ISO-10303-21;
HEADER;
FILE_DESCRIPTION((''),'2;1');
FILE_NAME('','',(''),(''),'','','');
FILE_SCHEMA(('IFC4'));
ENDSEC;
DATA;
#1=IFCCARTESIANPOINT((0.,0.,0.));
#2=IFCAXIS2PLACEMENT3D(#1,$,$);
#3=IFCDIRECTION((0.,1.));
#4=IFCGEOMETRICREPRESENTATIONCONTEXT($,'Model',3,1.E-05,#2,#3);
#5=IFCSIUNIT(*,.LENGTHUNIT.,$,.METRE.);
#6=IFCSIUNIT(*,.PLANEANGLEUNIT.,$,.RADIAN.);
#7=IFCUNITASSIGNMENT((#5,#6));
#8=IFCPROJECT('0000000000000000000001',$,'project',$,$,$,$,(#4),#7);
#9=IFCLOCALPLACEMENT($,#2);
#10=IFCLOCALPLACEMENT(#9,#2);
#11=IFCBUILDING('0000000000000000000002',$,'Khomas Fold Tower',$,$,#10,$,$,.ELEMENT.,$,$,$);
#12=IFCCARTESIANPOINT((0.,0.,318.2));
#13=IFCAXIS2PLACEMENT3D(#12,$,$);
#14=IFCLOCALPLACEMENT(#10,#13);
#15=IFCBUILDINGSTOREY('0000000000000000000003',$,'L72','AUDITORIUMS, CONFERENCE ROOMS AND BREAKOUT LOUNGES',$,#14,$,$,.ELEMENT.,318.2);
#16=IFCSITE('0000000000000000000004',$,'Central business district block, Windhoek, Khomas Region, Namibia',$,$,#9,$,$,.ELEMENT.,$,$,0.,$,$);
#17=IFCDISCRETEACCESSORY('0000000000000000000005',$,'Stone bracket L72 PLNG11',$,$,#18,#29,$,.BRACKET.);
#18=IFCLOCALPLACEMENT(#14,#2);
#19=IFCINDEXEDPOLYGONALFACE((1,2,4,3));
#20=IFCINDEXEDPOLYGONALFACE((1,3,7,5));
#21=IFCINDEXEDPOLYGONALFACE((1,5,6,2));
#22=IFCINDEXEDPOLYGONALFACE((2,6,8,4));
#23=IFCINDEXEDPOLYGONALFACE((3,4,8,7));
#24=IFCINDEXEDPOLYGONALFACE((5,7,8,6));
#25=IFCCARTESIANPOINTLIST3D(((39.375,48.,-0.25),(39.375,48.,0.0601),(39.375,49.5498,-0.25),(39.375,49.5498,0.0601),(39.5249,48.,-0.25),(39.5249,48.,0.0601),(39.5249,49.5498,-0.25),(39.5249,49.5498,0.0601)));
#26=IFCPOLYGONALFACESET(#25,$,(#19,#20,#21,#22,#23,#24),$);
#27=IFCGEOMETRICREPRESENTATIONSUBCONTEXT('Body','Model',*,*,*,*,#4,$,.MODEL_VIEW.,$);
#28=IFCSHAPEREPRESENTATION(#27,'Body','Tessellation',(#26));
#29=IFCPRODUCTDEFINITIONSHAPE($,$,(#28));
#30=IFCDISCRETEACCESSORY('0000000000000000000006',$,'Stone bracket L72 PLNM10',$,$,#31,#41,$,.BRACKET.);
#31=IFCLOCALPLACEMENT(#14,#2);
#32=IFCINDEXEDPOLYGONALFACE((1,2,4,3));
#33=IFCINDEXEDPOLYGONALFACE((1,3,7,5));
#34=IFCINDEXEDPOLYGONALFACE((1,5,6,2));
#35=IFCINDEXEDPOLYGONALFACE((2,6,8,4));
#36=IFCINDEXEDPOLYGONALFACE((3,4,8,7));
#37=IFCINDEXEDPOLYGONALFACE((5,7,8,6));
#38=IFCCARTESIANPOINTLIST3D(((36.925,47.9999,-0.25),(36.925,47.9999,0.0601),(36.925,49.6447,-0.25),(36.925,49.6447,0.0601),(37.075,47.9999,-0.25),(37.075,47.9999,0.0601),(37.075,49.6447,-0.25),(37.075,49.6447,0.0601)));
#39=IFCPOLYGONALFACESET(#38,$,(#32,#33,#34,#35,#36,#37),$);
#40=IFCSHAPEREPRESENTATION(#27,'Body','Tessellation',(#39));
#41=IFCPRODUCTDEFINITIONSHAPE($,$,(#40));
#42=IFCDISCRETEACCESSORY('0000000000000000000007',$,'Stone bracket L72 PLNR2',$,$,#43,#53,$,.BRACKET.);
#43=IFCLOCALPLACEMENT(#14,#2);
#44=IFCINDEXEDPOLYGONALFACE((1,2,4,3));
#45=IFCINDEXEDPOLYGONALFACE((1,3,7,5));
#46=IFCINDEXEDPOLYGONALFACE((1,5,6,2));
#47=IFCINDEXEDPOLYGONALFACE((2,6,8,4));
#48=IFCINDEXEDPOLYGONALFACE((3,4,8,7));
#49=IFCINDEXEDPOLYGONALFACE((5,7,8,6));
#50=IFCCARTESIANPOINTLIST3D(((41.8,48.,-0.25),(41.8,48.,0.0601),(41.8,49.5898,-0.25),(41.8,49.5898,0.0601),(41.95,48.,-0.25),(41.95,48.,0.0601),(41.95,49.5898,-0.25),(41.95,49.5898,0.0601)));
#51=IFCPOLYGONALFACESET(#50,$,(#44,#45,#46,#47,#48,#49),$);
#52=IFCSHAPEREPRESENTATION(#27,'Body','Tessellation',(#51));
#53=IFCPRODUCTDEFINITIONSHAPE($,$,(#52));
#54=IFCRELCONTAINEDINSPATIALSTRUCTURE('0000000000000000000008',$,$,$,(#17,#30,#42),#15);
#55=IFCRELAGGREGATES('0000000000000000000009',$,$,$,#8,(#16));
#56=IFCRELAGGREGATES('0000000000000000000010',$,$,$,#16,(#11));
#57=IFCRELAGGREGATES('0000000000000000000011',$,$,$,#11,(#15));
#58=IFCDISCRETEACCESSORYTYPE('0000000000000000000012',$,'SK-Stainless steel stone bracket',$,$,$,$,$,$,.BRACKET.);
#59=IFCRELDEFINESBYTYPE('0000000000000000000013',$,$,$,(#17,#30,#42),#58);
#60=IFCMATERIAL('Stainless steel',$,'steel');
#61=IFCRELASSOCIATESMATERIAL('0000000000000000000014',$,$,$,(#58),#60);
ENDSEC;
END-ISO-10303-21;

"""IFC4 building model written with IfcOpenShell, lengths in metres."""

from ifc_helpers import new_model, si_unit, direction, frame, origin, origin_2d, place, context, subcontext, project, spatial, rectangle, extrude, source, transform, mapped, material, type_object, element, save


model = new_model("IFC4")

# Units and contexts
model_context = context("Model", 3, precision=1e-05, world=origin(), true_north=direction((0.0, 1.0)))
body_context = subcontext(model_context, "Body", "Model", "MODEL_VIEW")
ifc_project = project(units=[si_unit("LENGTHUNIT", "METRE"), si_unit("PLANEANGLEUNIT", "RADIAN")], contexts=[model_context])

# Site, building, storey
site_placement = place(None, origin())
site = spatial("IfcSite", under=ifc_project, at=site_placement, Name="Central business district block, Windhoek, Khomas Region, Namibia", CompositionType="ELEMENT", RefElevation=0.0)
building_placement = place(site_placement, origin())
building = spatial("IfcBuilding", under=site, at=building_placement, Name="Khomas Fold Tower", CompositionType="ELEMENT")
storey_placement = place(building_placement, frame((0.0, 0.0, 318.2)))
storey = spatial("IfcBuildingStorey", under=building, at=storey_placement, Name="L72", Description="AUDITORIUMS, CONFERENCE ROOMS AND BREAKOUT LOUNGES", CompositionType="ELEMENT", Elevation=318.2)

# Discrete accessories
ifc_material_1 = material(Name="Stainless steel", Category="steel")
discrete_accessory_type = type_object("IfcDiscreteAccessoryType", Name="SK-Stainless steel stone bracket", PredefinedType="BRACKET", material=ifc_material_1)
shared_shape_1 = source(origin(), body_context, "Body", "SweptSolid", [
    extrude(rectangle(XDim=1.5498, YDim=0.1499, at=origin_2d()), origin(), (0.0, 0.0, 1.0), 0.3101),
])
discrete_accessory_1_placement = place(storey_placement, frame((39.45, 48.7749, -0.25), z_axis=(0.0, 0.0, 1.0), x_axis=(0.0, 1.0, 0.0)))
element("IfcDiscreteAccessory", 1, at=discrete_accessory_1_placement, inside=storey, type_object=discrete_accessory_type, Name="Stone bracket L72 PLNG11", PredefinedType="BRACKET", context=body_context, shape_type="MappedRepresentation", body=[
    mapped(shared_shape_1, transform((0.0, 0.0, 0.0))),
])
shared_shape_2 = source(origin(), body_context, "Body", "SweptSolid", [
    extrude(rectangle(XDim=1.6448, YDim=0.1499, at=origin_2d()), origin(), (0.0, 0.0, 1.0), 0.3101),
])
discrete_accessory_2_placement = place(storey_placement, frame((37.0, 48.8223, -0.25), z_axis=(0.0, 0.0, 1.0), x_axis=(0.0, 1.0, 0.0)))
element("IfcDiscreteAccessory", 2, at=discrete_accessory_2_placement, inside=storey, type_object=discrete_accessory_type, Name="Stone bracket L72 PLNM10", PredefinedType="BRACKET", context=body_context, shape_type="MappedRepresentation", body=[
    mapped(shared_shape_2, transform((0.0, 0.0, 0.0))),
])
shared_shape_3 = source(origin(), body_context, "Body", "SweptSolid", [
    extrude(rectangle(XDim=1.5898, YDim=0.1499, at=origin_2d()), origin(), (0.0, 0.0, 1.0), 0.3101),
])
discrete_accessory_3_placement = place(storey_placement, frame((41.875, 48.7949, -0.25), z_axis=(0.0, 0.0, 1.0), x_axis=(0.0, 1.0, 0.0)))
element("IfcDiscreteAccessory", 3, at=discrete_accessory_3_placement, inside=storey, type_object=discrete_accessory_type, Name="Stone bracket L72 PLNR2", PredefinedType="BRACKET", context=body_context, shape_type="MappedRepresentation", body=[
    mapped(shared_shape_3, transform((0.0, 0.0, 0.0))),
])

save(model, "model.ifc")
